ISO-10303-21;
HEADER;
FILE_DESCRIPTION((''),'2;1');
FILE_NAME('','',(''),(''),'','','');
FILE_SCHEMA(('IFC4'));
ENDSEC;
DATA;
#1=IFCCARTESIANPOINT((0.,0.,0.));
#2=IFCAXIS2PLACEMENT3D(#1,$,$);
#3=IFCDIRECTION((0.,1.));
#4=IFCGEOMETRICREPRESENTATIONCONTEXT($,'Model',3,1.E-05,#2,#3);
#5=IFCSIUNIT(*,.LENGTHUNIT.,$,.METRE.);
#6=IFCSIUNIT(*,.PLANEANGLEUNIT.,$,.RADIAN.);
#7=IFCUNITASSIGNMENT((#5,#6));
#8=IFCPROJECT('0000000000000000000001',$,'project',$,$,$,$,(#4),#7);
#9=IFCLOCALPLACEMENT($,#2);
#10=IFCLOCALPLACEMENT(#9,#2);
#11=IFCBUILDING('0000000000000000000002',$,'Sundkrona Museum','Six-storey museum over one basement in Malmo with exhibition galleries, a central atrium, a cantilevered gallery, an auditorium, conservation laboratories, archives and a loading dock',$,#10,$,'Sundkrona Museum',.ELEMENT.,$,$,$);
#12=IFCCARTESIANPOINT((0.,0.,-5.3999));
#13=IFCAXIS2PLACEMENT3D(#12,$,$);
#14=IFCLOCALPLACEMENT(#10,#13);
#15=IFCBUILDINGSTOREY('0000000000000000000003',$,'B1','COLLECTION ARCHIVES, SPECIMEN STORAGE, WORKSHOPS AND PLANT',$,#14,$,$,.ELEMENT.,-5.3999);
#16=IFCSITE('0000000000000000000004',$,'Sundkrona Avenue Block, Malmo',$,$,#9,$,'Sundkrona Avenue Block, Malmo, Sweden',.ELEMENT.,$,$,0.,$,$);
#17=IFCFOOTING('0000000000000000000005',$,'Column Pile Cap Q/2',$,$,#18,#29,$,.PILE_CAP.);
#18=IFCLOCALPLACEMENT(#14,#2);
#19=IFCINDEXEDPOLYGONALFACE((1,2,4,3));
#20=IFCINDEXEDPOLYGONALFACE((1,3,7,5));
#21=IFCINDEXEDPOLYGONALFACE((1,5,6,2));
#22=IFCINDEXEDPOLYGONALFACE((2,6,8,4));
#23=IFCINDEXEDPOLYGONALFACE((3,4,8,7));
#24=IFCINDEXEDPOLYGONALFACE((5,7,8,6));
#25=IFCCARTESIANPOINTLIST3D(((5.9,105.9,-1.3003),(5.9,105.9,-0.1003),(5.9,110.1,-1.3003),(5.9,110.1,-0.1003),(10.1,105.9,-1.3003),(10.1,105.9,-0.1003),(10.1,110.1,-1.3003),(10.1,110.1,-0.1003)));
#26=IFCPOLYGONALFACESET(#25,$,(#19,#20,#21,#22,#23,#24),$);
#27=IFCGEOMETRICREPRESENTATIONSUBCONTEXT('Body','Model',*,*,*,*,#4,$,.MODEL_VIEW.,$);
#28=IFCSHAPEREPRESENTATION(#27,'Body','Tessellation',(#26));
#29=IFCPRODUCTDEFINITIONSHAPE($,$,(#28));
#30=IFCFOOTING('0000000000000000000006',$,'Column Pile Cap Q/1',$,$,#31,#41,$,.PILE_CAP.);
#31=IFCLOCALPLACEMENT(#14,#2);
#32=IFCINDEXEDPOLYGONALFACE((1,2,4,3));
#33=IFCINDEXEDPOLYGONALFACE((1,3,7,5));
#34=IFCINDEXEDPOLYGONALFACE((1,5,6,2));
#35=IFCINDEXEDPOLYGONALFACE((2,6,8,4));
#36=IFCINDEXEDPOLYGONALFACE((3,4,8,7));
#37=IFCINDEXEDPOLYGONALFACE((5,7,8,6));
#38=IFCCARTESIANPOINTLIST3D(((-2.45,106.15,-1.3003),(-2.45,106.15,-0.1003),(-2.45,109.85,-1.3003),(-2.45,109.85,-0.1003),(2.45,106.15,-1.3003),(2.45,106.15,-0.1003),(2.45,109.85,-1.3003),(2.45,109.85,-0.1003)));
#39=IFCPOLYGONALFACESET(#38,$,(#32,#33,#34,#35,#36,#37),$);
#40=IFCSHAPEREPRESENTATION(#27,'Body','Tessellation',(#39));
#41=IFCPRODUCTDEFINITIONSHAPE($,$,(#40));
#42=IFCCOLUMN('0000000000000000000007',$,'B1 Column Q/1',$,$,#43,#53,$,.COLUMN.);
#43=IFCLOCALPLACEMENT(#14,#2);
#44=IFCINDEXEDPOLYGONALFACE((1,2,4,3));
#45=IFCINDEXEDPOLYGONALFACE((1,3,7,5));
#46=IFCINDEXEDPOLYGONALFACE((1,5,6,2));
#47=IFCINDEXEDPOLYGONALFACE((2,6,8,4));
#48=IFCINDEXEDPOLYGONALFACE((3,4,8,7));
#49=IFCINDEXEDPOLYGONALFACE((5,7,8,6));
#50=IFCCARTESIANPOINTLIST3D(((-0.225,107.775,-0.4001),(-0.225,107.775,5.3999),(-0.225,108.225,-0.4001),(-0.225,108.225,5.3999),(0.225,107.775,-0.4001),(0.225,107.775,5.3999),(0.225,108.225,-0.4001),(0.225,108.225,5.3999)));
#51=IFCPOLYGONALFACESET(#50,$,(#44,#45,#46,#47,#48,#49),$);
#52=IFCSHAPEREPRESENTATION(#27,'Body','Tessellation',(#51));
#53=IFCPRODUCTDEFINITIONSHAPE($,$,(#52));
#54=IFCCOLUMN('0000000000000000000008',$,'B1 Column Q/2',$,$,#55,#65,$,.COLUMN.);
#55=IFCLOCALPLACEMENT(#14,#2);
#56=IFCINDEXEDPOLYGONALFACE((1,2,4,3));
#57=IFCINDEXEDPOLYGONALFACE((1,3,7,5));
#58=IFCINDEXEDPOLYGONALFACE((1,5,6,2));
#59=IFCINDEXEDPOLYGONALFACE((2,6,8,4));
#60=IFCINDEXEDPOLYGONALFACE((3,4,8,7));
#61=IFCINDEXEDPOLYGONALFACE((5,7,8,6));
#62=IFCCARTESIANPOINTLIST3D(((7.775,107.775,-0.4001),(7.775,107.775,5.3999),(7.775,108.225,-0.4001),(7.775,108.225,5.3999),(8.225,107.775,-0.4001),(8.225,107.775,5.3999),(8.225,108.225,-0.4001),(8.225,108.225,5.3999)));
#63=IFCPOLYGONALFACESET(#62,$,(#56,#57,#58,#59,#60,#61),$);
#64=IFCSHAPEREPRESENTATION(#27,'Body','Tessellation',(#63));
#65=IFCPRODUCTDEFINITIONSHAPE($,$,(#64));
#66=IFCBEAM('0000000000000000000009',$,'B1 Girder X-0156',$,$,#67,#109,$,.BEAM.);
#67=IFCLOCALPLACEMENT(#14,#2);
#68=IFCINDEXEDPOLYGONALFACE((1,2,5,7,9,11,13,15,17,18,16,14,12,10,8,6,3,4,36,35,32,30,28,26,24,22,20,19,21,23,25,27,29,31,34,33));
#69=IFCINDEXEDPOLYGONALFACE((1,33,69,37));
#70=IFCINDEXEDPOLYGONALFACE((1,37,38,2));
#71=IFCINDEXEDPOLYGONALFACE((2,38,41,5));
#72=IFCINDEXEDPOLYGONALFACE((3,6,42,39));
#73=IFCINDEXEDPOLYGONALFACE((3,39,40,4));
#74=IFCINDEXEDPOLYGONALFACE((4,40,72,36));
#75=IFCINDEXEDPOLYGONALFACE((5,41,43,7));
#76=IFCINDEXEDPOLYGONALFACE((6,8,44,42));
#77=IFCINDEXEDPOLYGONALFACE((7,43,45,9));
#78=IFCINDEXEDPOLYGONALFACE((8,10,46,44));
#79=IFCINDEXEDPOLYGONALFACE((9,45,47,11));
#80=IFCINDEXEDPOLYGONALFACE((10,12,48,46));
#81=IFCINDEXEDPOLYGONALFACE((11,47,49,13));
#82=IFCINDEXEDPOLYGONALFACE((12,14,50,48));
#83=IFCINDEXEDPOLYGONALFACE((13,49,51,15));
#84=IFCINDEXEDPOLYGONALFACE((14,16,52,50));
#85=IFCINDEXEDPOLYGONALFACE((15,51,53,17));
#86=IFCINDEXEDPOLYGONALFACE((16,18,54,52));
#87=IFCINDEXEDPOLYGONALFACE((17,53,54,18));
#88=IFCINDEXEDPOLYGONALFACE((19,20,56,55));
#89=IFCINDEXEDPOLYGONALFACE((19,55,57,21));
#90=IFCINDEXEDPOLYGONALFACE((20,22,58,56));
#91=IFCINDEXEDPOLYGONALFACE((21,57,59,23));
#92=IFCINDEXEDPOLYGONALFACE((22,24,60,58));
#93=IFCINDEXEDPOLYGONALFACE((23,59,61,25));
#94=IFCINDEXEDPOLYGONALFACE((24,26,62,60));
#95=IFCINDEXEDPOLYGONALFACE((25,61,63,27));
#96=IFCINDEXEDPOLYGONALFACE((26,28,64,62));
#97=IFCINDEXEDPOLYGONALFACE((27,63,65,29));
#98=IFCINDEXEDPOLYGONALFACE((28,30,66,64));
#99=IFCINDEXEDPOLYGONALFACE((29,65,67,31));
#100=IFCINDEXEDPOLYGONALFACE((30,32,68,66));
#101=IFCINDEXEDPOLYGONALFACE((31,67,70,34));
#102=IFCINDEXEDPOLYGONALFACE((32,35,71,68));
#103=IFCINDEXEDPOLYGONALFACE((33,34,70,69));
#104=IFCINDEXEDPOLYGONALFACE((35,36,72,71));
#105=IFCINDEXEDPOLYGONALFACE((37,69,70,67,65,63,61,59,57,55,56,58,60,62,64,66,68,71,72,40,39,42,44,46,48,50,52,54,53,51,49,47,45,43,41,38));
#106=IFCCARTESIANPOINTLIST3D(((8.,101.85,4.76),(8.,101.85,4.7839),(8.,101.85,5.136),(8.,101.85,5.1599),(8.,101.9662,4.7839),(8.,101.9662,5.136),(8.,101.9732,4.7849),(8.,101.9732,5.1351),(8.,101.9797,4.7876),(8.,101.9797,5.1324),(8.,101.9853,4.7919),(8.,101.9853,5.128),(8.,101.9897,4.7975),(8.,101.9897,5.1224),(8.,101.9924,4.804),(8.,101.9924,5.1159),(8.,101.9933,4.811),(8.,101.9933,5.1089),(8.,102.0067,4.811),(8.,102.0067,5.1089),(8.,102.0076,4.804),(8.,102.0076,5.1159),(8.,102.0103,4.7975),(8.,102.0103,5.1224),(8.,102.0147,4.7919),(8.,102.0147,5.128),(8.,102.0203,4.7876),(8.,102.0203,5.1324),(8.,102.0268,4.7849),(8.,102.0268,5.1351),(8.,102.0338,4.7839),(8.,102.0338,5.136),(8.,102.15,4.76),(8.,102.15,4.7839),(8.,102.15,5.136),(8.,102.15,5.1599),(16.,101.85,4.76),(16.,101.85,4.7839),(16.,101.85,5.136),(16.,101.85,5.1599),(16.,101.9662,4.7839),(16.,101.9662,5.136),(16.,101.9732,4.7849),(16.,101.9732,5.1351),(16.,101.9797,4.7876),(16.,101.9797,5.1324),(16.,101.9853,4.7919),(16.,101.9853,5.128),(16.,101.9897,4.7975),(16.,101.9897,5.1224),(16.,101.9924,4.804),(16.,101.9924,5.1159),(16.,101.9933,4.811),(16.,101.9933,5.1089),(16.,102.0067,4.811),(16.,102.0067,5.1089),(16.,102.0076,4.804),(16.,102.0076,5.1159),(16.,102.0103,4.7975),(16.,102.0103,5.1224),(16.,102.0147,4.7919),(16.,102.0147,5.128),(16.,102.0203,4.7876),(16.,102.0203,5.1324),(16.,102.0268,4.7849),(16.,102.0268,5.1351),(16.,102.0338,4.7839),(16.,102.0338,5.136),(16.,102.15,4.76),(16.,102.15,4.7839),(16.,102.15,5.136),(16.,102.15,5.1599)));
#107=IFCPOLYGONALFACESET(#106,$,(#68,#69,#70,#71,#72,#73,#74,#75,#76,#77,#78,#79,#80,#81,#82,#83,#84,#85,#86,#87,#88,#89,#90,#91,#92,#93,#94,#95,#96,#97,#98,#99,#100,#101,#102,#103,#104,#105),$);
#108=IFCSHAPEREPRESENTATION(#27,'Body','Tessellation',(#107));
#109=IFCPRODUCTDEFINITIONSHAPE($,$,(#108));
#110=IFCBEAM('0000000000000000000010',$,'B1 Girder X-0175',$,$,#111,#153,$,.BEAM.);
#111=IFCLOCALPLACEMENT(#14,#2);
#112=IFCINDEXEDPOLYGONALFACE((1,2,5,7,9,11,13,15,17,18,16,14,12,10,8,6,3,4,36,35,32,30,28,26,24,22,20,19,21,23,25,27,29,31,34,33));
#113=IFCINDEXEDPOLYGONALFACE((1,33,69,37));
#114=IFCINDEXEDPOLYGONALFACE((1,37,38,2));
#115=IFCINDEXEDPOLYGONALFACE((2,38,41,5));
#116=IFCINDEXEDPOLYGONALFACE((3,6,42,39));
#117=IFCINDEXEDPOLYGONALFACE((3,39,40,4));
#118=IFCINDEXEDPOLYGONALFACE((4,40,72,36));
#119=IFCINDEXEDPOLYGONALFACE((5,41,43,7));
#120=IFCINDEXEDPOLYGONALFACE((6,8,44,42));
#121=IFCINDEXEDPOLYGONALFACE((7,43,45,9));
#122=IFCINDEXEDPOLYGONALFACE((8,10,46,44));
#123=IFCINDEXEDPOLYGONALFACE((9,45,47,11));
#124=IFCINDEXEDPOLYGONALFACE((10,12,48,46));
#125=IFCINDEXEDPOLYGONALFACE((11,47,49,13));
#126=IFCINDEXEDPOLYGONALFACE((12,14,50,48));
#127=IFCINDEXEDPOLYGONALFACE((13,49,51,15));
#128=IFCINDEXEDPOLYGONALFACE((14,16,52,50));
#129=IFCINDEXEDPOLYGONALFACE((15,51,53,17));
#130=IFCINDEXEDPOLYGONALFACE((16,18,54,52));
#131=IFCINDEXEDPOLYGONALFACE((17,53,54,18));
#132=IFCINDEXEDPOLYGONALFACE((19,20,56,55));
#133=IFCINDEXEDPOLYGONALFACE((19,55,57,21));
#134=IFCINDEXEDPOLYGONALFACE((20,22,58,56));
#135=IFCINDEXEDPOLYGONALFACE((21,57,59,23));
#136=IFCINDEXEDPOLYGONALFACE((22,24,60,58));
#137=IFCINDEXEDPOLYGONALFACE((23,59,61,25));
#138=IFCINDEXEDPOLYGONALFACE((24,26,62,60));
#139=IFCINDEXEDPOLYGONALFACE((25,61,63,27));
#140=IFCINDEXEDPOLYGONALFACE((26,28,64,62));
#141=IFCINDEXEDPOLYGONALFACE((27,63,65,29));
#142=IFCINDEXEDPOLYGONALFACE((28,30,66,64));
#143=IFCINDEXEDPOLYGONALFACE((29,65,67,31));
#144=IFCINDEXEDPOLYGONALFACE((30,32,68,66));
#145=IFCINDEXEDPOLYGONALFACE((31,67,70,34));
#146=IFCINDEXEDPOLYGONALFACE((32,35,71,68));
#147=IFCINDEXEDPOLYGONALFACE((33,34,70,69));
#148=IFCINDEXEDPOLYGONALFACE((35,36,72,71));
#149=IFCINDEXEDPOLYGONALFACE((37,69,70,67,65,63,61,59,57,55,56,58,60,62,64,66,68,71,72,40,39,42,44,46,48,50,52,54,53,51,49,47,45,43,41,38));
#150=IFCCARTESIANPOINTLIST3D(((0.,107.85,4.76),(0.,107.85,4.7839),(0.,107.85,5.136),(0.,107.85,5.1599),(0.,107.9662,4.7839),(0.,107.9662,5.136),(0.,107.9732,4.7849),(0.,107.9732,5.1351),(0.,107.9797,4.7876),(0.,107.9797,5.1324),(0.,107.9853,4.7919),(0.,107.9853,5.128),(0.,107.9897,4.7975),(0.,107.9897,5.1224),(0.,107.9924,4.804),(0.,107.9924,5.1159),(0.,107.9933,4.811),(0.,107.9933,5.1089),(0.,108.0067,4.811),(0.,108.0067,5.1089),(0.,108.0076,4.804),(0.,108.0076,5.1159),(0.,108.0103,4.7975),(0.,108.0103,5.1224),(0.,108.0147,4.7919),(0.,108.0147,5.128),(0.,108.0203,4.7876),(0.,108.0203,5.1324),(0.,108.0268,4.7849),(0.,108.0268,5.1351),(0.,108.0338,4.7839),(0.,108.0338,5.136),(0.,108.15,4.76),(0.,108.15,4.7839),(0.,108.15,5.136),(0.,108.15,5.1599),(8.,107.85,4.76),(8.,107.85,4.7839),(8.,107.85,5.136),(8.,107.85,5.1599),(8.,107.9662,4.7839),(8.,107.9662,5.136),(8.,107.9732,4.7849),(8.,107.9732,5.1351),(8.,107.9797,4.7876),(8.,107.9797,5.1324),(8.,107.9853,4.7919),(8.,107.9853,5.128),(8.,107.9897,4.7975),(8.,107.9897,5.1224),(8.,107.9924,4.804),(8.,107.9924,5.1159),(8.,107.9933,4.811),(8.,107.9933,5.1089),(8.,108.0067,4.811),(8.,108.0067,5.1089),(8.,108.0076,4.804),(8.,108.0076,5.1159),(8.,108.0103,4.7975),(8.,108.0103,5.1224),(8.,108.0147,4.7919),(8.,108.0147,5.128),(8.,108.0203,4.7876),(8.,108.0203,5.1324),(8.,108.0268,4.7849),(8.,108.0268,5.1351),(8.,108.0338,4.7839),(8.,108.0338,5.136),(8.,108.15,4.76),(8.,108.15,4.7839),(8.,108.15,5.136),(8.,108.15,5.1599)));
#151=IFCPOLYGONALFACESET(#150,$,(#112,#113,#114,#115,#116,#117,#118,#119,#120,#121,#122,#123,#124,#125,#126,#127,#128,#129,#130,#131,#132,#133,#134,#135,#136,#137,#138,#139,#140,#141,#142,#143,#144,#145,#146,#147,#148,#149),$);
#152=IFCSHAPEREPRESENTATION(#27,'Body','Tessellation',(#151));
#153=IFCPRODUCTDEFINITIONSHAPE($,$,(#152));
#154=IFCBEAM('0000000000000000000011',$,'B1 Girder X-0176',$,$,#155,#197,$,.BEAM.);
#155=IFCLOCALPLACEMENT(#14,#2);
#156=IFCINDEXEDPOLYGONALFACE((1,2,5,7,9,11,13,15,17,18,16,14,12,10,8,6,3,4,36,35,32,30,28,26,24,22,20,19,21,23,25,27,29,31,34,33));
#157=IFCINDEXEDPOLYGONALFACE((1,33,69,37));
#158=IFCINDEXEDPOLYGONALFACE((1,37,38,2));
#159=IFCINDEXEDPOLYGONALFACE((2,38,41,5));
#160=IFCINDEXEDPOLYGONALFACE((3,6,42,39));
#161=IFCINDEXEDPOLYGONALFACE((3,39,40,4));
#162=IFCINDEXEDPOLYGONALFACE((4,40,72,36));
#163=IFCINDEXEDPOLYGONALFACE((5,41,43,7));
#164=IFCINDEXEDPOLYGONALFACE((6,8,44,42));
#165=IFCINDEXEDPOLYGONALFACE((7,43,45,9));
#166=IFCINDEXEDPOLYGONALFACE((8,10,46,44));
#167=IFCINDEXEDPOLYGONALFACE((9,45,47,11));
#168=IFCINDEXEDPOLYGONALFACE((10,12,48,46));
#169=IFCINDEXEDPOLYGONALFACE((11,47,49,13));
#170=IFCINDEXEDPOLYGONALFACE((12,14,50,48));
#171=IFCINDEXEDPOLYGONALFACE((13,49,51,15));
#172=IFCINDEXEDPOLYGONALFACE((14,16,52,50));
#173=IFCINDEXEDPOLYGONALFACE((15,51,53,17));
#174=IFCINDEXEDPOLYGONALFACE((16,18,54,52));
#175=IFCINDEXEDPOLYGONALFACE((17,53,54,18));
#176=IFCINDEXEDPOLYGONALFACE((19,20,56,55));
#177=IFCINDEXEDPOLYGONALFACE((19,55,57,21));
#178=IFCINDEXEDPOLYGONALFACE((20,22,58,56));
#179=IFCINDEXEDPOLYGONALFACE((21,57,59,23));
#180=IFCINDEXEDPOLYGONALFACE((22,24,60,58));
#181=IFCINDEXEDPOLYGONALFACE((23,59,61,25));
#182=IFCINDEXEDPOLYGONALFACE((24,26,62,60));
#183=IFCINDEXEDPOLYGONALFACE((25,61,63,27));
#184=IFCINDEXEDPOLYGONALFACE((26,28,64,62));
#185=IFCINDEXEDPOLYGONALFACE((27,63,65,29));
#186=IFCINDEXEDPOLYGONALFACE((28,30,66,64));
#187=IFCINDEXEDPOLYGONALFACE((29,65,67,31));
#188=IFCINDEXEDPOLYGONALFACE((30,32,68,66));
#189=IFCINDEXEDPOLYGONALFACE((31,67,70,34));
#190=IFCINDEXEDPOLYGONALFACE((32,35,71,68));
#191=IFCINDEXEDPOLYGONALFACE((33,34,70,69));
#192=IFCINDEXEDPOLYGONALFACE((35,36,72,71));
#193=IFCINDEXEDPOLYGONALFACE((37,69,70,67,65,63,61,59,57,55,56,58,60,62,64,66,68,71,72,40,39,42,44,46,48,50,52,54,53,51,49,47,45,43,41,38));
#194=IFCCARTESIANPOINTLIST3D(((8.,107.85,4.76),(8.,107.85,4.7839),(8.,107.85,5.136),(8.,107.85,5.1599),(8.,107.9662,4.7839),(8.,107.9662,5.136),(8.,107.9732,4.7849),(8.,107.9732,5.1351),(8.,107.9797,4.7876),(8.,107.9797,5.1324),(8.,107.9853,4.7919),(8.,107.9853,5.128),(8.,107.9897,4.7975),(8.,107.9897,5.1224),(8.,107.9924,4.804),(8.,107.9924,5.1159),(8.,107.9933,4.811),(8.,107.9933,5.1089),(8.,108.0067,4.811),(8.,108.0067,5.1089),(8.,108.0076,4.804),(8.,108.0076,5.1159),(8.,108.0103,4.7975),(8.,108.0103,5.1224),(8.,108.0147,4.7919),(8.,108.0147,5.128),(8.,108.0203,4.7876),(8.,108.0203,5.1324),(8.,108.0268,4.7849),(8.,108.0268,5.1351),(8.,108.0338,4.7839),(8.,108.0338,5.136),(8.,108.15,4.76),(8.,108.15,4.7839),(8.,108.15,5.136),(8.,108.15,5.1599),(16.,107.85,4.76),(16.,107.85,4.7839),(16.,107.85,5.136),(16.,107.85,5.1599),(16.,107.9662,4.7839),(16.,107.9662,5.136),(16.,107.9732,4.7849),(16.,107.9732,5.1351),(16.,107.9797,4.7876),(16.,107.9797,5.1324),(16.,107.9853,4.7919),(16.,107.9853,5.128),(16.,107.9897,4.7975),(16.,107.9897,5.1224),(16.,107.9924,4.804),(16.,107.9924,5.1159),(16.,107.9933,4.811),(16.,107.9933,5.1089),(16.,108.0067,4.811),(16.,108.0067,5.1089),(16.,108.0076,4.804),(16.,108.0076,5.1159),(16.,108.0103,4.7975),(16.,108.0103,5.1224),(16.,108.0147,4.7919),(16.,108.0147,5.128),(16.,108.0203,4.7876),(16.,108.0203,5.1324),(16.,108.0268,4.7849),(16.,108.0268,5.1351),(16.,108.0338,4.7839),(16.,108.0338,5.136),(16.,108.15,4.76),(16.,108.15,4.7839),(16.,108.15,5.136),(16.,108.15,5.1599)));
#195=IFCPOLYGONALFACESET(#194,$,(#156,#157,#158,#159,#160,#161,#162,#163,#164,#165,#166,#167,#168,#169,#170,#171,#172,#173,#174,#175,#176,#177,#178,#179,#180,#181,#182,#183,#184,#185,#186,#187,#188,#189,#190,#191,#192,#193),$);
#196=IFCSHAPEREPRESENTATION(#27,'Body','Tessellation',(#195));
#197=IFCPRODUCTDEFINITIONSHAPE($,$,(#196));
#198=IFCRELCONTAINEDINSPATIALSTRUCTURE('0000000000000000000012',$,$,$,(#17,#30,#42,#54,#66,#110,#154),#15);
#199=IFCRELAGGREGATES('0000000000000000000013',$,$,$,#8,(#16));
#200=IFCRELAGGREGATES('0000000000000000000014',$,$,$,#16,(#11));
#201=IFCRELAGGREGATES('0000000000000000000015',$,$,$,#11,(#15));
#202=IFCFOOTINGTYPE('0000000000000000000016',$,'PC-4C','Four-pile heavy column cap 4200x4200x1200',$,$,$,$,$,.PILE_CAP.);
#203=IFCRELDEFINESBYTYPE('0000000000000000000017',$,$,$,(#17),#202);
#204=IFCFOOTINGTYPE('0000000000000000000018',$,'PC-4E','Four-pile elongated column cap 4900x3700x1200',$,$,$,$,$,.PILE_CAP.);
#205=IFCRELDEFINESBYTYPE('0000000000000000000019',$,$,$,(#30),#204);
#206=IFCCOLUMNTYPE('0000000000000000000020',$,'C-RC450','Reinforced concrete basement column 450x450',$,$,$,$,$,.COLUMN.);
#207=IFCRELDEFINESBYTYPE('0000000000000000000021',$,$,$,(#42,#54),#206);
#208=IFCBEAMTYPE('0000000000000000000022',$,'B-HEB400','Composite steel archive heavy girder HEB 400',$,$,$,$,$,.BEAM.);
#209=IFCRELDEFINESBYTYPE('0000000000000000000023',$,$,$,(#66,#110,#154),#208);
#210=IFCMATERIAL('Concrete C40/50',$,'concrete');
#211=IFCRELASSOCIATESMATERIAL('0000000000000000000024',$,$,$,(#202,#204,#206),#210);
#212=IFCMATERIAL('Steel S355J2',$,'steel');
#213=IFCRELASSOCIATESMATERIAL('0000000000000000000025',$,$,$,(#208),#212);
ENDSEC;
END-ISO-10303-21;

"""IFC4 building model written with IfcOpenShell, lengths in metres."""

from ifc_helpers import new_model, si_unit, direction, frame, origin, origin_2d, place, context, subcontext, project, spatial, rectangle, i_section, extrude, material, material_profile, profile_set, type_object, element, save


model = new_model("IFC4")

# Units and contexts
model_context = context("Model", 3, precision=1e-05, world=origin(), true_north=direction((0.0, 1.0)))
body_context = subcontext(model_context, "Body", "Model", "MODEL_VIEW")
ifc_project = project(units=[si_unit("LENGTHUNIT", "METRE"), si_unit("PLANEANGLEUNIT", "RADIAN")], contexts=[model_context])

# Site, building, storey
site_placement = place(None, origin())
site = spatial("IfcSite", under=ifc_project, at=site_placement, Name="Sundkrona Avenue Block, Malmo", LongName="Sundkrona Avenue Block, Malmo, Sweden", CompositionType="ELEMENT", RefElevation=0.0)
building_placement = place(site_placement, origin())
building = spatial("IfcBuilding", under=site, at=building_placement, Name="Sundkrona Museum", Description="Six-storey museum over one basement in Malmo with exhibition galleries, a central atrium, a cantilevered gallery, an auditorium, conservation laboratories, archives and a loading dock", LongName="Sundkrona Museum", CompositionType="ELEMENT")
storey_placement = place(building_placement, frame((0.0, 0.0, -5.3999)))
storey = spatial("IfcBuildingStorey", under=building, at=storey_placement, Name="B1", Description="COLLECTION ARCHIVES, SPECIMEN STORAGE, WORKSHOPS AND PLANT", CompositionType="ELEMENT", Elevation=-5.3999)

# Shared definitions
ifc_material_1 = material(Name="Concrete C40/50", Category="concrete")

# Footings
footing_type_1 = type_object("IfcFootingType", Name="PC-4C", Description="Four-pile heavy column cap 4200x4200x1200", PredefinedType="PILE_CAP", material=ifc_material_1)
footing_1_placement = place(storey_placement, frame((8.0, 108.0, -1.3003), z_axis=(0.0, 0.0, 1.0), x_axis=(1.0, 0.0, 0.0)))
element("IfcFooting", 1, at=footing_1_placement, inside=storey, type_object=footing_type_1, Name="Column Pile Cap Q/2", PredefinedType="PILE_CAP", context=body_context, shape_type="SweptSolid", body=[
    extrude(rectangle(XDim=4.2, YDim=4.2, at=origin_2d()), origin(), (0.0, 0.0, 1.0), 1.2),
])
footing_type_2 = type_object("IfcFootingType", Name="PC-4E", Description="Four-pile elongated column cap 4900x3700x1200", PredefinedType="PILE_CAP", material=ifc_material_1)
footing_2_placement = place(storey_placement, frame((0.0, 108.0, -1.3003), z_axis=(0.0, 0.0, 1.0), x_axis=(1.0, 0.0, 0.0)))
element("IfcFooting", 2, at=footing_2_placement, inside=storey, type_object=footing_type_2, Name="Column Pile Cap Q/1", PredefinedType="PILE_CAP", context=body_context, shape_type="SweptSolid", body=[
    extrude(rectangle(XDim=4.8999, YDim=3.7, at=origin_2d()), origin(), (0.0, 0.0, 1.0), 1.2),
])

# Columns
ifc_material_profile_1 = material_profile(ifc_material_1, rectangle(XDim=0.45, YDim=0.45, at=origin_2d()), Name="RC 450x450")
ifc_profile_set_1 = profile_set([ifc_material_profile_1], Name="Concrete C40/50")
column_type = type_object("IfcColumnType", Name="C-RC450", Description="Reinforced concrete basement column 450x450", PredefinedType="COLUMN", material=ifc_profile_set_1)
for number, where, z_axis, x_axis, name in (
    (3, (0.0, 108.0, -0.4001), (0.0, 0.0, 1.0), (1.0, 0.0, 0.0), "B1 Column Q/1"),
    (4, (8.0, 108.0, -0.4001), (0.0, 0.0, 1.0), (1.0, 0.0, 0.0), "B1 Column Q/2"),
):
    element("IfcColumn", number, at=place(storey_placement, frame(where, z_axis=z_axis, x_axis=x_axis)), inside=storey, type_object=column_type, Name=name, PredefinedType="COLUMN", context=body_context, shape_type="SweptSolid", body=[
        extrude(rectangle(XDim=0.45, YDim=0.45, at=origin_2d()), origin(), (0.0, 0.0, 1.0), 5.8),
    ])

# Beams
ifc_material_2 = material(Name="Steel S355J2", Category="steel")
ifc_material_profile_2 = material_profile(ifc_material_2, i_section(OverallWidth=0.3, OverallDepth=0.3999, WebThickness=0.0134, FlangeThickness=0.0239, FilletRadius=0.0271, at=origin_2d()), Name="HEB 400")
ifc_profile_set_2 = profile_set([ifc_material_profile_2], Name="Steel S355J2")
beam_type_1 = type_object("IfcBeamType", Name="B-HEB400", Description="Composite steel archive heavy girder HEB 400", PredefinedType="BEAM", material=ifc_profile_set_2)
for number, where, z_axis, x_axis, name in (
    (5, (8.0, 102.0, 4.96), (1.0, 0.0, 0.0), (0.0, 1.0, 0.0), "B1 Girder X-0156"),
    (6, (0.0, 108.0, 4.96), (1.0, 0.0, 0.0), (0.0, 1.0, 0.0), "B1 Girder X-0175"),
    (7, (8.0, 108.0, 4.96), (1.0, 0.0, 0.0), (0.0, 1.0, 0.0), "B1 Girder X-0176"),
):
    element("IfcBeam", number, at=place(storey_placement, frame(where, z_axis=z_axis, x_axis=x_axis)), inside=storey, type_object=beam_type_1, Name=name, PredefinedType="BEAM", context=body_context, shape_type="SweptSolid", body=[
        extrude(i_section(OverallWidth=0.3, OverallDepth=0.3999, WebThickness=0.0134, FlangeThickness=0.0239, FilletRadius=0.0271, at=origin_2d()), origin(), (0.0, 0.0, 1.0), 8.0),
    ])

save(model, "model.ifc")
